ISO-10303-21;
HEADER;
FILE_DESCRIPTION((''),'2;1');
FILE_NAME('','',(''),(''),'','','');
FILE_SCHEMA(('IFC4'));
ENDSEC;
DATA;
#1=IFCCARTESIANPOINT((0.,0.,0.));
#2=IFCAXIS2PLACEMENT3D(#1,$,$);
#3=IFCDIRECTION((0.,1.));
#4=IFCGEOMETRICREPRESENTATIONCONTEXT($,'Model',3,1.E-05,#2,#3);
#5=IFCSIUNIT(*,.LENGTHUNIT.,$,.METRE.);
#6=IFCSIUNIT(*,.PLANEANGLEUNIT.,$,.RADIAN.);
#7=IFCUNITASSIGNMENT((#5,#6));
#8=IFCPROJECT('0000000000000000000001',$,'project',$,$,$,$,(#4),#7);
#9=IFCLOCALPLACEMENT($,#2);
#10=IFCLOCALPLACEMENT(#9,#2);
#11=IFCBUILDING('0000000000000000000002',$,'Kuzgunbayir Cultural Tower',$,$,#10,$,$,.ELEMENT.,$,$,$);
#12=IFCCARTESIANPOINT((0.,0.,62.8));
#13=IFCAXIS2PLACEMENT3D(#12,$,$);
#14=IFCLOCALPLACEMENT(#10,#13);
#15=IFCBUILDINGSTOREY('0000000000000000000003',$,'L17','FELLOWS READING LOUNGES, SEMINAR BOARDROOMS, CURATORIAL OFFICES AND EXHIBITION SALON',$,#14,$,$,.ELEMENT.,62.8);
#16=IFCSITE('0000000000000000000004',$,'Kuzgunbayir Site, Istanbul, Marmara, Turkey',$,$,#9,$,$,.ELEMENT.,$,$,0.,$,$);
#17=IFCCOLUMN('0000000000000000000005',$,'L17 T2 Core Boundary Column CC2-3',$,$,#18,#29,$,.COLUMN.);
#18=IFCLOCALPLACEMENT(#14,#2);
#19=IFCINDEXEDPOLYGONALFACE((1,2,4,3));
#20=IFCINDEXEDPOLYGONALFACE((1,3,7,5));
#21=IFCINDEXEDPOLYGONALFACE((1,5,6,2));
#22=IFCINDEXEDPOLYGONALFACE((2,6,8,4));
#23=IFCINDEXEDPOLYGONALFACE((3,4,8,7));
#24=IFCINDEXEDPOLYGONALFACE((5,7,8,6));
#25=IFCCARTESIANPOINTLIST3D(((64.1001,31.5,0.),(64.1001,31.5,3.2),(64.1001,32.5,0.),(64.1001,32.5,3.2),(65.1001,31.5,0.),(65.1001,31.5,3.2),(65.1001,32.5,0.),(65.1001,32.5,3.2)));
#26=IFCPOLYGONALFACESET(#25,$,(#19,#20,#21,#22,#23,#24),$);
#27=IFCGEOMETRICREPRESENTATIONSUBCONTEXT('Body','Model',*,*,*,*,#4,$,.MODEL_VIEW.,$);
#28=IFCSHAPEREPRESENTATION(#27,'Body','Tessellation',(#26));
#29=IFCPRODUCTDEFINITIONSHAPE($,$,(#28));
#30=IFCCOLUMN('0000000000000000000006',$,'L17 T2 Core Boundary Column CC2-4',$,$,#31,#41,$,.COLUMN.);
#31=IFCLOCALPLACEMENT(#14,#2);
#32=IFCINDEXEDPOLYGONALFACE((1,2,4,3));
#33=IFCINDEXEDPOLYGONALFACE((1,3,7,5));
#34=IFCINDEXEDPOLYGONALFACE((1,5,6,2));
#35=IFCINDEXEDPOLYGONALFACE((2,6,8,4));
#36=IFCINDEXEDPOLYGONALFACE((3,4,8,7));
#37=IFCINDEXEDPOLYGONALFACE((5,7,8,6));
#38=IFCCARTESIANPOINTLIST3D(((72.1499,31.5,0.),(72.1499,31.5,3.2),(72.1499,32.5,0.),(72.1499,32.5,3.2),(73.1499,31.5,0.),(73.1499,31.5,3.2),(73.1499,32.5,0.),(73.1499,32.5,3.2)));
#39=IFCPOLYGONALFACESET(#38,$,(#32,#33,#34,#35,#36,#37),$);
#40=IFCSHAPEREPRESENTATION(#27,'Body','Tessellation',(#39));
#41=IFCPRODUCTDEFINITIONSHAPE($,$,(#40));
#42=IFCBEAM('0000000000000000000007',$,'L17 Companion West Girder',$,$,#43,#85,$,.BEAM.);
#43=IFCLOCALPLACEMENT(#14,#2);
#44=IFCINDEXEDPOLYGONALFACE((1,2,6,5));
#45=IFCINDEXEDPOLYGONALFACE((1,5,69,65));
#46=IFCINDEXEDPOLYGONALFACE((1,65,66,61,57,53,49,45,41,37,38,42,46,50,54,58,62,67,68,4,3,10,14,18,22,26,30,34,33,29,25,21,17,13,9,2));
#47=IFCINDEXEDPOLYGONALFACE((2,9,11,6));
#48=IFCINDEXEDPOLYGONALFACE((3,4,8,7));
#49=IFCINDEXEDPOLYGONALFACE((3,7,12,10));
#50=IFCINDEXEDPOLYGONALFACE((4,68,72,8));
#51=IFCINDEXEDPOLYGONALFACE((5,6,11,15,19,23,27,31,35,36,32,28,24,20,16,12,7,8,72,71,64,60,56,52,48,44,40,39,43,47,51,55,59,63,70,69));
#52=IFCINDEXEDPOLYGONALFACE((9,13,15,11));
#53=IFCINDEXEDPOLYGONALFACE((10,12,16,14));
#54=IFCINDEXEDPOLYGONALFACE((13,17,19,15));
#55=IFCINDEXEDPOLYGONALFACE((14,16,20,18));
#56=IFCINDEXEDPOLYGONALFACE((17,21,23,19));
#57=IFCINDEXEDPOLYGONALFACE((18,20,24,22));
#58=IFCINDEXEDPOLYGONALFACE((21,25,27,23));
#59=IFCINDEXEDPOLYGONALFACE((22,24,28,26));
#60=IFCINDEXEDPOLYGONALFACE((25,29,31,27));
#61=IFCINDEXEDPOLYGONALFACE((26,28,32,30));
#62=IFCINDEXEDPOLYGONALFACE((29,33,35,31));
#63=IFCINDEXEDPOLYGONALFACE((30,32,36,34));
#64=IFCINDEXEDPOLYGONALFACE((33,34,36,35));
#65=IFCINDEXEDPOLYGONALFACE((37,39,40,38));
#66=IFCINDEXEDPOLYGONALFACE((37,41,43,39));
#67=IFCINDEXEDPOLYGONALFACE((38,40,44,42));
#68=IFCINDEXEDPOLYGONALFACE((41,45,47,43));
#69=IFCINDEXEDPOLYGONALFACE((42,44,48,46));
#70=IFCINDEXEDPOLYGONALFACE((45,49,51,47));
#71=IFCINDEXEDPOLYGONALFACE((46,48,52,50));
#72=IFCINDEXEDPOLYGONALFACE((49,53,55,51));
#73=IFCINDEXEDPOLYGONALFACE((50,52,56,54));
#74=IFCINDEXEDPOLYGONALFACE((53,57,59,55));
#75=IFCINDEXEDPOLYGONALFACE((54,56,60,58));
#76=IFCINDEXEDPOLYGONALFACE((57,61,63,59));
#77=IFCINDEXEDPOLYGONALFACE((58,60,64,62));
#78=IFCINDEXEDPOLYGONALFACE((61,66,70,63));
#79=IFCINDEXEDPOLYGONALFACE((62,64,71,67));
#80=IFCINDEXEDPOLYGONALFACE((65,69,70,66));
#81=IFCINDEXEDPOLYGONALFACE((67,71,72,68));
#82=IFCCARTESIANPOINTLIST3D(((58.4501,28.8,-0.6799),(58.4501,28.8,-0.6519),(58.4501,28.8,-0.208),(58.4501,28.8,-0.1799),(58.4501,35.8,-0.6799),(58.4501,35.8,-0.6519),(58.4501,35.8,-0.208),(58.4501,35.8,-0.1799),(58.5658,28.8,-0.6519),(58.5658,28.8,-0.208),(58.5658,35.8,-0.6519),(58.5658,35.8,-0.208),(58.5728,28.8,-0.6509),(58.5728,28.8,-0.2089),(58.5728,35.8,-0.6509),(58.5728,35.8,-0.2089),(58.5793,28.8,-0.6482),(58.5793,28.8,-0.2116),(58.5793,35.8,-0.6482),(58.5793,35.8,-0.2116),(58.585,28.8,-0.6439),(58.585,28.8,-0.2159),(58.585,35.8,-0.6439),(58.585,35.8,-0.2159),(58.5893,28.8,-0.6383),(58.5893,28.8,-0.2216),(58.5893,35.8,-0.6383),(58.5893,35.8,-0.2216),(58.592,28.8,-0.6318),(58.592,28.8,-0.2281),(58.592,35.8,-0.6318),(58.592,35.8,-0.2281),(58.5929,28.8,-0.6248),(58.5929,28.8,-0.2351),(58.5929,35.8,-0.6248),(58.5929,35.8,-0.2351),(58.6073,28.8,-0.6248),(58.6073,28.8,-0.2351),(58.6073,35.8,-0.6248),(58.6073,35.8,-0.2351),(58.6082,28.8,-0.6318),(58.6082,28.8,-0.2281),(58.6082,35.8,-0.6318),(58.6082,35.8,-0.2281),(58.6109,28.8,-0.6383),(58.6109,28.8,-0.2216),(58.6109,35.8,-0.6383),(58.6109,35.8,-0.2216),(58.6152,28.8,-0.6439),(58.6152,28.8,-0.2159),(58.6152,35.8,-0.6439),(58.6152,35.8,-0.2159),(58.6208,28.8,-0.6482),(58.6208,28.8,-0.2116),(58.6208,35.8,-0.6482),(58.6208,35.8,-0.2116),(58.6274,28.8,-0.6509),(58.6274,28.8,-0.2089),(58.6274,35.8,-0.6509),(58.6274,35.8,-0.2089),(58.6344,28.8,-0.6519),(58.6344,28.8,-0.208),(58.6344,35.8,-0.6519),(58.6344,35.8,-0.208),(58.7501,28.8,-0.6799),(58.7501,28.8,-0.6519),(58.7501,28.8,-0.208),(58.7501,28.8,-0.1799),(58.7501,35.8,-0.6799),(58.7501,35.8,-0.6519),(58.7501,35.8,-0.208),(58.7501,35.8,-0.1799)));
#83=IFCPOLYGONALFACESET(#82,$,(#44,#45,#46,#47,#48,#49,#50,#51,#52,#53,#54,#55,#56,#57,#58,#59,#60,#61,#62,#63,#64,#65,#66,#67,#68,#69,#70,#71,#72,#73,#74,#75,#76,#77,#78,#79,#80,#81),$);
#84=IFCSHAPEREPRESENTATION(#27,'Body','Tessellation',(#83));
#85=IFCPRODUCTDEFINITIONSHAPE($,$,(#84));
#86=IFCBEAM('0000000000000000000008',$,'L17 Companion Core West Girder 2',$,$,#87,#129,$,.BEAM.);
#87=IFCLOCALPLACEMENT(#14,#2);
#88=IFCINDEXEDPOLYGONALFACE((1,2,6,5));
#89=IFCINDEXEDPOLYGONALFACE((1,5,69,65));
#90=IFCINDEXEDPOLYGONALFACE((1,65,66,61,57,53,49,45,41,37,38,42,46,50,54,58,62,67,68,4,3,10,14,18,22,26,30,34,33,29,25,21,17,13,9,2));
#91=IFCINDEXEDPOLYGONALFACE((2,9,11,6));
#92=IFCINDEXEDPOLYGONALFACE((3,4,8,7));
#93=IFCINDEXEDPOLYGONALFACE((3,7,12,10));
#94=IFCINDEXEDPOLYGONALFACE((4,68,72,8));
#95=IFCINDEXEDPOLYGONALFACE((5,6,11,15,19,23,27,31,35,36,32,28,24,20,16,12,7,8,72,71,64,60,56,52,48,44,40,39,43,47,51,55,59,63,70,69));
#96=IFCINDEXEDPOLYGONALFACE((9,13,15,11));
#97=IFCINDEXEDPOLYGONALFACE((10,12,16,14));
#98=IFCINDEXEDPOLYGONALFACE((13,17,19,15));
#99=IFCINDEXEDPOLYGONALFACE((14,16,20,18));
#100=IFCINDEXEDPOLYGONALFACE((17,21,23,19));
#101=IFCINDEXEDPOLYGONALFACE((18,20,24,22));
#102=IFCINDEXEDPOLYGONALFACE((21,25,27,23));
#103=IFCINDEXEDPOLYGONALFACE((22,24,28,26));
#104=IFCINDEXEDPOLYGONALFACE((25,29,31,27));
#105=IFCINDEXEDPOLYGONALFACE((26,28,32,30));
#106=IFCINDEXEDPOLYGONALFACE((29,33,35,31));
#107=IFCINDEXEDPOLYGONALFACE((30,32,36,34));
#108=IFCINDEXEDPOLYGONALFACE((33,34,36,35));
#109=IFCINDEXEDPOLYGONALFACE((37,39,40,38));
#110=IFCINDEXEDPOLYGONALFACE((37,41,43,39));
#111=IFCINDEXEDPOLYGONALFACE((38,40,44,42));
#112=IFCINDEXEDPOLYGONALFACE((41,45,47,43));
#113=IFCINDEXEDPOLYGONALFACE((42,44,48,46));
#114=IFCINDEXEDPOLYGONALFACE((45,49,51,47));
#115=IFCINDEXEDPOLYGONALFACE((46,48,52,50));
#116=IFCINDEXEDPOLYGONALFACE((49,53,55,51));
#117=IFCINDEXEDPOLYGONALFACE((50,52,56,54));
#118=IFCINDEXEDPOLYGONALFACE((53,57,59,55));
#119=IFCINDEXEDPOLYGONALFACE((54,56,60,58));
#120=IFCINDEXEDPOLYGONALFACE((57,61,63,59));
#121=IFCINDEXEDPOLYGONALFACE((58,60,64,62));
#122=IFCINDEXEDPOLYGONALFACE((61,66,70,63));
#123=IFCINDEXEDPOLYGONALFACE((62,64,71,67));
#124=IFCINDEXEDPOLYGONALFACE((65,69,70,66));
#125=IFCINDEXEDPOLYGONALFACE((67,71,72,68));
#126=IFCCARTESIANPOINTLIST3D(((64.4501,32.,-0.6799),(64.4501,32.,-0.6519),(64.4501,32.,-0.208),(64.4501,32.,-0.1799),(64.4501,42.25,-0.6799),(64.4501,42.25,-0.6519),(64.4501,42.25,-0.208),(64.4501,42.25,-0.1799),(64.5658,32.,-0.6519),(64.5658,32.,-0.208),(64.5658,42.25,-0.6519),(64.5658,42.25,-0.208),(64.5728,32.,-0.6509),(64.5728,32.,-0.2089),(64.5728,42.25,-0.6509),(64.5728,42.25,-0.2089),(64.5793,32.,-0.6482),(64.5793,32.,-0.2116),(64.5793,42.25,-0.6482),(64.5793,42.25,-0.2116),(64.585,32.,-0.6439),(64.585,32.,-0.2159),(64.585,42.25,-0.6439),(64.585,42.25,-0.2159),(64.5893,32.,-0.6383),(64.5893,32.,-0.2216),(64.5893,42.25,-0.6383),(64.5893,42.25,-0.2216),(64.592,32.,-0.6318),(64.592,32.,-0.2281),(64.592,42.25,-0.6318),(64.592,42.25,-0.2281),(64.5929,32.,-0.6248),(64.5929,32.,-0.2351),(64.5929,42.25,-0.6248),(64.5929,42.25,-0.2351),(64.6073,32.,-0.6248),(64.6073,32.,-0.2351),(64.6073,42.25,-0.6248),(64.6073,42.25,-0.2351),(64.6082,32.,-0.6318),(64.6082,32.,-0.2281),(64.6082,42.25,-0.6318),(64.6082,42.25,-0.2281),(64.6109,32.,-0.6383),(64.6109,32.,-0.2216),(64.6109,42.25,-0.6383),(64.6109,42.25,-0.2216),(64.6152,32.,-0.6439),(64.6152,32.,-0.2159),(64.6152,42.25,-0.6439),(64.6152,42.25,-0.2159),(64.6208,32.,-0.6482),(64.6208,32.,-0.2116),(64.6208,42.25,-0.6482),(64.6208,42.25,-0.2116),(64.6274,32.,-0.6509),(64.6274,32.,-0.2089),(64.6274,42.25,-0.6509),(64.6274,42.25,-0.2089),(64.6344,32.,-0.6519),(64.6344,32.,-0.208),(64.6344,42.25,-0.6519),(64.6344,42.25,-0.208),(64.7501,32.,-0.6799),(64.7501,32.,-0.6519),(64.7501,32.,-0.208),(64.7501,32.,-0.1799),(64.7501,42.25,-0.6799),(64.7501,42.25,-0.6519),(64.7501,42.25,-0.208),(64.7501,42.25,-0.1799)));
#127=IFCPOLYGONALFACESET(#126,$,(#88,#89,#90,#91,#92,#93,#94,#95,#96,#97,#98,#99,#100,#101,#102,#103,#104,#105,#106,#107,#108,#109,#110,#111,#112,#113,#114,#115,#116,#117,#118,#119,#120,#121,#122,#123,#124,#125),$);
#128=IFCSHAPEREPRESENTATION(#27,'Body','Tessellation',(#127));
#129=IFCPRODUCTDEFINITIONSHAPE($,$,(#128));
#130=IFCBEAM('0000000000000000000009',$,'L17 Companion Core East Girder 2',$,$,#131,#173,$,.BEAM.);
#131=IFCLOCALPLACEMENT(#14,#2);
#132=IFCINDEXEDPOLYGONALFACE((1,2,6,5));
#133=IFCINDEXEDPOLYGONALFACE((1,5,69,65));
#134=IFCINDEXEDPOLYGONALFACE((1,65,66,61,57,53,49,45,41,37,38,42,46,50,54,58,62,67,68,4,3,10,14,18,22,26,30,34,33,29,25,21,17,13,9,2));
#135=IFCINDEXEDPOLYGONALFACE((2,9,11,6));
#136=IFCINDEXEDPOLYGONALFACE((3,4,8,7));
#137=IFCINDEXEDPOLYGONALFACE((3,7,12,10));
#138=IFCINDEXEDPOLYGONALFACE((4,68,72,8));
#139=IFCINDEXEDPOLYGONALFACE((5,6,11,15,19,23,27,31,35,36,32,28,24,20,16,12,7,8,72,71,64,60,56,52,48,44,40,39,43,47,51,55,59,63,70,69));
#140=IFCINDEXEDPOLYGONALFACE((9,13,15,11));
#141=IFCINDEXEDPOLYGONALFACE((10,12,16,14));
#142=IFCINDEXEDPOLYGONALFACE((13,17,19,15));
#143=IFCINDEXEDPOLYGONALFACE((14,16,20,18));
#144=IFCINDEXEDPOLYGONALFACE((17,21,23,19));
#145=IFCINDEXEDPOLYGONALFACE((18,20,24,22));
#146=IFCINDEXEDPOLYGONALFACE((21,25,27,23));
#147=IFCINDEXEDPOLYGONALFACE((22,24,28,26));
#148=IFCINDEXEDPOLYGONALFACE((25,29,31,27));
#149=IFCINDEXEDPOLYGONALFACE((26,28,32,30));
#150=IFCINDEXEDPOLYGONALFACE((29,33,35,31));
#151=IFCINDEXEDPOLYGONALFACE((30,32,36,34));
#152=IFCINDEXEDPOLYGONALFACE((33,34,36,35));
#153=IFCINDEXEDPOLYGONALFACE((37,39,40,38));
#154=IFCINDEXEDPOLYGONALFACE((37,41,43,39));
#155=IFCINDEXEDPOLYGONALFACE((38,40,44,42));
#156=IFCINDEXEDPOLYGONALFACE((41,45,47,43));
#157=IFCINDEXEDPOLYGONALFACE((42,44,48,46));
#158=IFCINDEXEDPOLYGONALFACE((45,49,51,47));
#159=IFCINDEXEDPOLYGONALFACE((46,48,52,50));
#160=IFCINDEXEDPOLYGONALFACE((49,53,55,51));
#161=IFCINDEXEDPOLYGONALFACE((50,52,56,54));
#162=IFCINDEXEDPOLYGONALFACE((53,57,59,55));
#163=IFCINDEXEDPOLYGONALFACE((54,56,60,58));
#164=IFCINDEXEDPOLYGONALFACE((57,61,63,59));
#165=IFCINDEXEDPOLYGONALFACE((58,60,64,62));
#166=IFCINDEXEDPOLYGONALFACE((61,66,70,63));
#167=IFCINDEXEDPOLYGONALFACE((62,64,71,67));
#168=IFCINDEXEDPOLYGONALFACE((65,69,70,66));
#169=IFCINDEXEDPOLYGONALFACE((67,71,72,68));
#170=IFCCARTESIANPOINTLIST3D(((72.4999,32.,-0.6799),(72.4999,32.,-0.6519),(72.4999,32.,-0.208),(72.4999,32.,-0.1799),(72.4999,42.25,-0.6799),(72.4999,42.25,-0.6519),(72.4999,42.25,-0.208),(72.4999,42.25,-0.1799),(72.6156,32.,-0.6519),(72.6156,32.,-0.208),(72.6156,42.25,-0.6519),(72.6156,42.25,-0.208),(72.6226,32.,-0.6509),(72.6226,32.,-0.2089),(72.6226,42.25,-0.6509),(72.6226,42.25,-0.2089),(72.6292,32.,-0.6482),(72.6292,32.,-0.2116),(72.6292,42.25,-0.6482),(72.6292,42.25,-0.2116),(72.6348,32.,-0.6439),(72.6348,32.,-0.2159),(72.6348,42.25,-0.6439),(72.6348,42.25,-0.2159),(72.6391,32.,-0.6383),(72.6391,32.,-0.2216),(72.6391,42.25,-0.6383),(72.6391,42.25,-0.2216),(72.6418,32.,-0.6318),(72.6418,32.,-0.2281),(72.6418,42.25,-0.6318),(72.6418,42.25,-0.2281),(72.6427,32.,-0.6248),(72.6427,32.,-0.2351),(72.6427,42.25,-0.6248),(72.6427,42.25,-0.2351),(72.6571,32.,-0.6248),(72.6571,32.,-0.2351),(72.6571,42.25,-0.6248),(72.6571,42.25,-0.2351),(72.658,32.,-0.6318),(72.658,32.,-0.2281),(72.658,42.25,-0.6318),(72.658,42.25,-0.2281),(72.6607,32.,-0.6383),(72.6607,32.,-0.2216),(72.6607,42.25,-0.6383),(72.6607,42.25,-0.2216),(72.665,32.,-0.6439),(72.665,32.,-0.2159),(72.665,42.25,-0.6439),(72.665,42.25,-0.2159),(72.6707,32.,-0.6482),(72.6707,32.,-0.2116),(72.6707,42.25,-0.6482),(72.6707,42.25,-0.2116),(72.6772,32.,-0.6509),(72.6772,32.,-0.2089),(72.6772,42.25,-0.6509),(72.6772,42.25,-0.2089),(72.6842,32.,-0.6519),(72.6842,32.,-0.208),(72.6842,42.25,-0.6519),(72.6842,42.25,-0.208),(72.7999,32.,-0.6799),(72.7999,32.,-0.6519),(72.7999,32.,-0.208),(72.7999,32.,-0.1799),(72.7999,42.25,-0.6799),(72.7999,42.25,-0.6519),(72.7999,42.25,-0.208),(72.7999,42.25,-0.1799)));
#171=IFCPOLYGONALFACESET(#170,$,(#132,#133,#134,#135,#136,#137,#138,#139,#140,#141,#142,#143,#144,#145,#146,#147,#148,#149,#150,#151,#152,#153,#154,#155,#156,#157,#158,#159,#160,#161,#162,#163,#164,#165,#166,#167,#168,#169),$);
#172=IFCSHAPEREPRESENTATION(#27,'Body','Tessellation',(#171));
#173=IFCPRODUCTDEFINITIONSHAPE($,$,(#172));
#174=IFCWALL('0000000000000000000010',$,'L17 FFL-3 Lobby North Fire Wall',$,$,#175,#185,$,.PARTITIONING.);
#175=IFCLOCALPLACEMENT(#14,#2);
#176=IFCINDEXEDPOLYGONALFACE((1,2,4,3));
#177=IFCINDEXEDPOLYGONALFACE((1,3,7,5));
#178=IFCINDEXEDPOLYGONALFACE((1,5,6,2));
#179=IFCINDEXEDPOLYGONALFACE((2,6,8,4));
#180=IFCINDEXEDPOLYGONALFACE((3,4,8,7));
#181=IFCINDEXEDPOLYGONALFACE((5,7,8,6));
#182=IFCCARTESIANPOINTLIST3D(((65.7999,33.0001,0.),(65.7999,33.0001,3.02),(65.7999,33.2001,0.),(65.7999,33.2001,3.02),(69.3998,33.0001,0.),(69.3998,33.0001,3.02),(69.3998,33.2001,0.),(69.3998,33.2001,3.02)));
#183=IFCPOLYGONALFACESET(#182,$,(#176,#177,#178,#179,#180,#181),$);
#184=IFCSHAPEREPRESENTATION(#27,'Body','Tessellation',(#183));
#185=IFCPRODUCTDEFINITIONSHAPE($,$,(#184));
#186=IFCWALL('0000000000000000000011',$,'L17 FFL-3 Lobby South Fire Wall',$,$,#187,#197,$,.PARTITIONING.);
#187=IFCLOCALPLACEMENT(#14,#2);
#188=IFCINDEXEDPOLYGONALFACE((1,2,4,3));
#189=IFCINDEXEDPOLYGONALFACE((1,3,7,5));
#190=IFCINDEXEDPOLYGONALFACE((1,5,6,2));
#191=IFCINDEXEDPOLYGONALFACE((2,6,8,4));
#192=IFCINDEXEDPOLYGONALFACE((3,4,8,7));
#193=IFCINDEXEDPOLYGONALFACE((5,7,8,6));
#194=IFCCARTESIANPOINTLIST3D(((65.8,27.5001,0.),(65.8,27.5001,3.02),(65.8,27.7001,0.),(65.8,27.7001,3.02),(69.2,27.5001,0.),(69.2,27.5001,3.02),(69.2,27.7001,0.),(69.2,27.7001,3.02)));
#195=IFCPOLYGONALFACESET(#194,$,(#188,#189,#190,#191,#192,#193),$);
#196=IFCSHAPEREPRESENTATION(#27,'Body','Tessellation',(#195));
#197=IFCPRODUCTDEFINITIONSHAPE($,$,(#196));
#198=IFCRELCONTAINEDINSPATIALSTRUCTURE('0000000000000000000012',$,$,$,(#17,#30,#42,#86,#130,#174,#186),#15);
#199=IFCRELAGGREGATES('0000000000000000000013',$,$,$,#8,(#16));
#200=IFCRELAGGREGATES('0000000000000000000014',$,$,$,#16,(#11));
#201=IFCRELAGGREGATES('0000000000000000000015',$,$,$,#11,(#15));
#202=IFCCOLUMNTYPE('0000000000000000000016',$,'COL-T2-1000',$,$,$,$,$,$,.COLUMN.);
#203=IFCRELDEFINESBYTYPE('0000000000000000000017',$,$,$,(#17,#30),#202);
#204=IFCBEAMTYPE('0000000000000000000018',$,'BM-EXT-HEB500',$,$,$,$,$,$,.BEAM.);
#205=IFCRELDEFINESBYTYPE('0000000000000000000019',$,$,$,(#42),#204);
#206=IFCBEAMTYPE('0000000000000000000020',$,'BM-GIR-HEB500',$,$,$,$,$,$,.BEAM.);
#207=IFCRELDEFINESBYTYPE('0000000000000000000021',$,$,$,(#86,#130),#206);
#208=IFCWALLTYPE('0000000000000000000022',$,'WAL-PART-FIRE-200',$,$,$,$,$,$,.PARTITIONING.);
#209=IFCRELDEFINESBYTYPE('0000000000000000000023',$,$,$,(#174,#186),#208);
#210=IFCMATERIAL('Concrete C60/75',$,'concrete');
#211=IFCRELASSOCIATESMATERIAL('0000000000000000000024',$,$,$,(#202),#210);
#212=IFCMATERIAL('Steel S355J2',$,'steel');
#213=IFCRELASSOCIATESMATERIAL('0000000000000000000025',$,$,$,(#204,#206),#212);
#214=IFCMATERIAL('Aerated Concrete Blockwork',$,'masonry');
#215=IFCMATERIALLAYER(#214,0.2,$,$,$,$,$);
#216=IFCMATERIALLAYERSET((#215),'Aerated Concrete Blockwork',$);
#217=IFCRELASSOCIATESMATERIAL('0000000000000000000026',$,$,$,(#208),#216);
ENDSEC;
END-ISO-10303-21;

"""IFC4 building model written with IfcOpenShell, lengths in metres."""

from ifc_helpers import new_model, si_unit, direction, frame, frame_2d, origin, origin_2d, place, context, subcontext, project, spatial, rectangle, i_section, extrude, material, layer, layer_set, material_profile, profile_set, type_object, element, save


model = new_model("IFC4")

# Units and contexts
model_context = context("Model", 3, precision=1e-05, world=origin(), true_north=direction((0.0, 1.0)))
body_context = subcontext(model_context, "Body", "Model", "MODEL_VIEW")
ifc_project = project(units=[si_unit("LENGTHUNIT", "METRE"), si_unit("PLANEANGLEUNIT", "RADIAN")], contexts=[model_context])

# Site, building, storey
site_placement = place(None, origin())
site = spatial("IfcSite", under=ifc_project, at=site_placement, Name="Kuzgunbayir Site, Istanbul, Marmara, Turkey", CompositionType="ELEMENT", RefElevation=0.0)
building_placement = place(site_placement, origin())
building = spatial("IfcBuilding", under=site, at=building_placement, Name="Kuzgunbayir Cultural Tower", CompositionType="ELEMENT")
storey_placement = place(building_placement, frame((0.0, 0.0, 62.8)))
storey = spatial("IfcBuildingStorey", under=building, at=storey_placement, Name="L17", Description="FELLOWS READING LOUNGES, SEMINAR BOARDROOMS, CURATORIAL OFFICES AND EXHIBITION SALON", CompositionType="ELEMENT", Elevation=62.8)

# Columns
ifc_material_1 = material(Name="Concrete C60/75", Category="concrete")
ifc_material_profile_1 = material_profile(ifc_material_1, rectangle(XDim=1.0, YDim=1.0, at=origin_2d()), Name="RC 1000x1000")
ifc_profile_set_1 = profile_set([ifc_material_profile_1], Name="Concrete C60/75")
column_type = type_object("IfcColumnType", Name="COL-T2-1000", PredefinedType="COLUMN", material=ifc_profile_set_1)
for number, where, z_axis, x_axis, name in (
    (1, (64.6001, 32.0, 0.0), (0.0, 0.0, 1.0), (1.0, 0.0, 0.0), "L17 T2 Core Boundary Column CC2-3"),
    (2, (72.6499, 32.0, 0.0), (0.0, 0.0, 1.0), (1.0, 0.0, 0.0), "L17 T2 Core Boundary Column CC2-4"),
):
    element("IfcColumn", number, at=place(storey_placement, frame(where, z_axis=z_axis, x_axis=x_axis)), inside=storey, type_object=column_type, Name=name, PredefinedType="COLUMN", context=body_context, shape_type="SweptSolid", body=[
        extrude(rectangle(XDim=1.0, YDim=1.0, at=origin_2d()), origin(), (0.0, 0.0, 1.0), 3.2),
    ])

# Beams
ifc_material_2 = material(Name="Steel S355J2", Category="steel")
ifc_material_profile_2 = material_profile(ifc_material_2, i_section(OverallWidth=0.3, OverallDepth=0.5, WebThickness=0.0144, FlangeThickness=0.0281, FilletRadius=0.0271, at=origin_2d()), Name="HEB 500")
ifc_profile_set_2 = profile_set([ifc_material_profile_2], Name="Steel S355J2")
beam_type_1 = type_object("IfcBeamType", Name="BM-EXT-HEB500", PredefinedType="BEAM", material=ifc_profile_set_2)
beam_placement = place(storey_placement, frame((58.6001, 28.8, -0.4299), z_axis=(0.0, 1.0, 0.0), x_axis=(-1.0, 0.0, 0.0)))
element("IfcBeam", 3, at=beam_placement, inside=storey, type_object=beam_type_1, Name="L17 Companion West Girder", PredefinedType="BEAM", context=body_context, shape_type="SweptSolid", body=[
    extrude(i_section(OverallWidth=0.3, OverallDepth=0.5, WebThickness=0.0144, FlangeThickness=0.0281, FilletRadius=0.0271, at=origin_2d()), origin(), (0.0, 0.0, 1.0), 7.0),
])
ifc_material_profile_3 = material_profile(ifc_material_2, i_section(OverallWidth=0.3, OverallDepth=0.5, WebThickness=0.0144, FlangeThickness=0.0281, FilletRadius=0.0271, at=origin_2d()), Name="HEB 500")
ifc_profile_set_3 = profile_set([ifc_material_profile_3], Name="Steel S355J2")
beam_type_2 = type_object("IfcBeamType", Name="BM-GIR-HEB500", PredefinedType="BEAM", material=ifc_profile_set_3)
for number, where, z_axis, x_axis, name in (
    (4, (64.6001, 32.0, -0.4299), (0.0, 1.0, 0.0), (-1.0, 0.0, 0.0), "L17 Companion Core West Girder 2"),
    (5, (72.6499, 32.0, -0.4299), (0.0, 1.0, 0.0), (-1.0, 0.0, 0.0), "L17 Companion Core East Girder 2"),
):
    element("IfcBeam", number, at=place(storey_placement, frame(where, z_axis=z_axis, x_axis=x_axis)), inside=storey, type_object=beam_type_2, Name=name, PredefinedType="BEAM", context=body_context, shape_type="SweptSolid", body=[
        extrude(i_section(OverallWidth=0.3, OverallDepth=0.5, WebThickness=0.0144, FlangeThickness=0.0281, FilletRadius=0.0271, at=origin_2d()), origin(), (0.0, 0.0, 1.0), 10.25),
    ])

# Walls
ifc_material_3 = material(Name="Aerated Concrete Blockwork", Category="masonry")
ifc_layer_1 = layer(ifc_material_3, 0.2)
ifc_layer_set_1 = layer_set([ifc_layer_1], Name="Aerated Concrete Blockwork")
wall_type_1 = type_object("IfcWallType", Name="WAL-PART-FIRE-200", PredefinedType="PARTITIONING", material=ifc_layer_set_1)
wall_1_placement = place(storey_placement, frame((65.8, 33.1001, 0.0), z_axis=(0.0, 0.0, 1.0), x_axis=(1.0, 0.0, 0.0)))
element("IfcWall", 6, at=wall_1_placement, inside=storey, type_object=wall_type_1, Name="L17 FFL-3 Lobby North Fire Wall", PredefinedType="PARTITIONING", context=body_context, shape_type="SweptSolid", body=[
    extrude(rectangle(XDim=3.5999, YDim=0.2, at=frame_2d((1.7998, 0.0))), origin(), (0.0, 0.0, 1.0), 3.02),
])
wall_2_placement = place(storey_placement, frame((65.8, 27.6001, 0.0), z_axis=(0.0, 0.0, 1.0), x_axis=(1.0, 0.0, 0.0)))
element("IfcWall", 7, at=wall_2_placement, inside=storey, type_object=wall_type_1, Name="L17 FFL-3 Lobby South Fire Wall", PredefinedType="PARTITIONING", context=body_context, shape_type="SweptSolid", body=[
    extrude(rectangle(XDim=3.3999, YDim=0.2, at=frame_2d((1.7, 0.0))), origin(), (0.0, 0.0, 1.0), 3.02),
])

save(model, "model.ifc")
